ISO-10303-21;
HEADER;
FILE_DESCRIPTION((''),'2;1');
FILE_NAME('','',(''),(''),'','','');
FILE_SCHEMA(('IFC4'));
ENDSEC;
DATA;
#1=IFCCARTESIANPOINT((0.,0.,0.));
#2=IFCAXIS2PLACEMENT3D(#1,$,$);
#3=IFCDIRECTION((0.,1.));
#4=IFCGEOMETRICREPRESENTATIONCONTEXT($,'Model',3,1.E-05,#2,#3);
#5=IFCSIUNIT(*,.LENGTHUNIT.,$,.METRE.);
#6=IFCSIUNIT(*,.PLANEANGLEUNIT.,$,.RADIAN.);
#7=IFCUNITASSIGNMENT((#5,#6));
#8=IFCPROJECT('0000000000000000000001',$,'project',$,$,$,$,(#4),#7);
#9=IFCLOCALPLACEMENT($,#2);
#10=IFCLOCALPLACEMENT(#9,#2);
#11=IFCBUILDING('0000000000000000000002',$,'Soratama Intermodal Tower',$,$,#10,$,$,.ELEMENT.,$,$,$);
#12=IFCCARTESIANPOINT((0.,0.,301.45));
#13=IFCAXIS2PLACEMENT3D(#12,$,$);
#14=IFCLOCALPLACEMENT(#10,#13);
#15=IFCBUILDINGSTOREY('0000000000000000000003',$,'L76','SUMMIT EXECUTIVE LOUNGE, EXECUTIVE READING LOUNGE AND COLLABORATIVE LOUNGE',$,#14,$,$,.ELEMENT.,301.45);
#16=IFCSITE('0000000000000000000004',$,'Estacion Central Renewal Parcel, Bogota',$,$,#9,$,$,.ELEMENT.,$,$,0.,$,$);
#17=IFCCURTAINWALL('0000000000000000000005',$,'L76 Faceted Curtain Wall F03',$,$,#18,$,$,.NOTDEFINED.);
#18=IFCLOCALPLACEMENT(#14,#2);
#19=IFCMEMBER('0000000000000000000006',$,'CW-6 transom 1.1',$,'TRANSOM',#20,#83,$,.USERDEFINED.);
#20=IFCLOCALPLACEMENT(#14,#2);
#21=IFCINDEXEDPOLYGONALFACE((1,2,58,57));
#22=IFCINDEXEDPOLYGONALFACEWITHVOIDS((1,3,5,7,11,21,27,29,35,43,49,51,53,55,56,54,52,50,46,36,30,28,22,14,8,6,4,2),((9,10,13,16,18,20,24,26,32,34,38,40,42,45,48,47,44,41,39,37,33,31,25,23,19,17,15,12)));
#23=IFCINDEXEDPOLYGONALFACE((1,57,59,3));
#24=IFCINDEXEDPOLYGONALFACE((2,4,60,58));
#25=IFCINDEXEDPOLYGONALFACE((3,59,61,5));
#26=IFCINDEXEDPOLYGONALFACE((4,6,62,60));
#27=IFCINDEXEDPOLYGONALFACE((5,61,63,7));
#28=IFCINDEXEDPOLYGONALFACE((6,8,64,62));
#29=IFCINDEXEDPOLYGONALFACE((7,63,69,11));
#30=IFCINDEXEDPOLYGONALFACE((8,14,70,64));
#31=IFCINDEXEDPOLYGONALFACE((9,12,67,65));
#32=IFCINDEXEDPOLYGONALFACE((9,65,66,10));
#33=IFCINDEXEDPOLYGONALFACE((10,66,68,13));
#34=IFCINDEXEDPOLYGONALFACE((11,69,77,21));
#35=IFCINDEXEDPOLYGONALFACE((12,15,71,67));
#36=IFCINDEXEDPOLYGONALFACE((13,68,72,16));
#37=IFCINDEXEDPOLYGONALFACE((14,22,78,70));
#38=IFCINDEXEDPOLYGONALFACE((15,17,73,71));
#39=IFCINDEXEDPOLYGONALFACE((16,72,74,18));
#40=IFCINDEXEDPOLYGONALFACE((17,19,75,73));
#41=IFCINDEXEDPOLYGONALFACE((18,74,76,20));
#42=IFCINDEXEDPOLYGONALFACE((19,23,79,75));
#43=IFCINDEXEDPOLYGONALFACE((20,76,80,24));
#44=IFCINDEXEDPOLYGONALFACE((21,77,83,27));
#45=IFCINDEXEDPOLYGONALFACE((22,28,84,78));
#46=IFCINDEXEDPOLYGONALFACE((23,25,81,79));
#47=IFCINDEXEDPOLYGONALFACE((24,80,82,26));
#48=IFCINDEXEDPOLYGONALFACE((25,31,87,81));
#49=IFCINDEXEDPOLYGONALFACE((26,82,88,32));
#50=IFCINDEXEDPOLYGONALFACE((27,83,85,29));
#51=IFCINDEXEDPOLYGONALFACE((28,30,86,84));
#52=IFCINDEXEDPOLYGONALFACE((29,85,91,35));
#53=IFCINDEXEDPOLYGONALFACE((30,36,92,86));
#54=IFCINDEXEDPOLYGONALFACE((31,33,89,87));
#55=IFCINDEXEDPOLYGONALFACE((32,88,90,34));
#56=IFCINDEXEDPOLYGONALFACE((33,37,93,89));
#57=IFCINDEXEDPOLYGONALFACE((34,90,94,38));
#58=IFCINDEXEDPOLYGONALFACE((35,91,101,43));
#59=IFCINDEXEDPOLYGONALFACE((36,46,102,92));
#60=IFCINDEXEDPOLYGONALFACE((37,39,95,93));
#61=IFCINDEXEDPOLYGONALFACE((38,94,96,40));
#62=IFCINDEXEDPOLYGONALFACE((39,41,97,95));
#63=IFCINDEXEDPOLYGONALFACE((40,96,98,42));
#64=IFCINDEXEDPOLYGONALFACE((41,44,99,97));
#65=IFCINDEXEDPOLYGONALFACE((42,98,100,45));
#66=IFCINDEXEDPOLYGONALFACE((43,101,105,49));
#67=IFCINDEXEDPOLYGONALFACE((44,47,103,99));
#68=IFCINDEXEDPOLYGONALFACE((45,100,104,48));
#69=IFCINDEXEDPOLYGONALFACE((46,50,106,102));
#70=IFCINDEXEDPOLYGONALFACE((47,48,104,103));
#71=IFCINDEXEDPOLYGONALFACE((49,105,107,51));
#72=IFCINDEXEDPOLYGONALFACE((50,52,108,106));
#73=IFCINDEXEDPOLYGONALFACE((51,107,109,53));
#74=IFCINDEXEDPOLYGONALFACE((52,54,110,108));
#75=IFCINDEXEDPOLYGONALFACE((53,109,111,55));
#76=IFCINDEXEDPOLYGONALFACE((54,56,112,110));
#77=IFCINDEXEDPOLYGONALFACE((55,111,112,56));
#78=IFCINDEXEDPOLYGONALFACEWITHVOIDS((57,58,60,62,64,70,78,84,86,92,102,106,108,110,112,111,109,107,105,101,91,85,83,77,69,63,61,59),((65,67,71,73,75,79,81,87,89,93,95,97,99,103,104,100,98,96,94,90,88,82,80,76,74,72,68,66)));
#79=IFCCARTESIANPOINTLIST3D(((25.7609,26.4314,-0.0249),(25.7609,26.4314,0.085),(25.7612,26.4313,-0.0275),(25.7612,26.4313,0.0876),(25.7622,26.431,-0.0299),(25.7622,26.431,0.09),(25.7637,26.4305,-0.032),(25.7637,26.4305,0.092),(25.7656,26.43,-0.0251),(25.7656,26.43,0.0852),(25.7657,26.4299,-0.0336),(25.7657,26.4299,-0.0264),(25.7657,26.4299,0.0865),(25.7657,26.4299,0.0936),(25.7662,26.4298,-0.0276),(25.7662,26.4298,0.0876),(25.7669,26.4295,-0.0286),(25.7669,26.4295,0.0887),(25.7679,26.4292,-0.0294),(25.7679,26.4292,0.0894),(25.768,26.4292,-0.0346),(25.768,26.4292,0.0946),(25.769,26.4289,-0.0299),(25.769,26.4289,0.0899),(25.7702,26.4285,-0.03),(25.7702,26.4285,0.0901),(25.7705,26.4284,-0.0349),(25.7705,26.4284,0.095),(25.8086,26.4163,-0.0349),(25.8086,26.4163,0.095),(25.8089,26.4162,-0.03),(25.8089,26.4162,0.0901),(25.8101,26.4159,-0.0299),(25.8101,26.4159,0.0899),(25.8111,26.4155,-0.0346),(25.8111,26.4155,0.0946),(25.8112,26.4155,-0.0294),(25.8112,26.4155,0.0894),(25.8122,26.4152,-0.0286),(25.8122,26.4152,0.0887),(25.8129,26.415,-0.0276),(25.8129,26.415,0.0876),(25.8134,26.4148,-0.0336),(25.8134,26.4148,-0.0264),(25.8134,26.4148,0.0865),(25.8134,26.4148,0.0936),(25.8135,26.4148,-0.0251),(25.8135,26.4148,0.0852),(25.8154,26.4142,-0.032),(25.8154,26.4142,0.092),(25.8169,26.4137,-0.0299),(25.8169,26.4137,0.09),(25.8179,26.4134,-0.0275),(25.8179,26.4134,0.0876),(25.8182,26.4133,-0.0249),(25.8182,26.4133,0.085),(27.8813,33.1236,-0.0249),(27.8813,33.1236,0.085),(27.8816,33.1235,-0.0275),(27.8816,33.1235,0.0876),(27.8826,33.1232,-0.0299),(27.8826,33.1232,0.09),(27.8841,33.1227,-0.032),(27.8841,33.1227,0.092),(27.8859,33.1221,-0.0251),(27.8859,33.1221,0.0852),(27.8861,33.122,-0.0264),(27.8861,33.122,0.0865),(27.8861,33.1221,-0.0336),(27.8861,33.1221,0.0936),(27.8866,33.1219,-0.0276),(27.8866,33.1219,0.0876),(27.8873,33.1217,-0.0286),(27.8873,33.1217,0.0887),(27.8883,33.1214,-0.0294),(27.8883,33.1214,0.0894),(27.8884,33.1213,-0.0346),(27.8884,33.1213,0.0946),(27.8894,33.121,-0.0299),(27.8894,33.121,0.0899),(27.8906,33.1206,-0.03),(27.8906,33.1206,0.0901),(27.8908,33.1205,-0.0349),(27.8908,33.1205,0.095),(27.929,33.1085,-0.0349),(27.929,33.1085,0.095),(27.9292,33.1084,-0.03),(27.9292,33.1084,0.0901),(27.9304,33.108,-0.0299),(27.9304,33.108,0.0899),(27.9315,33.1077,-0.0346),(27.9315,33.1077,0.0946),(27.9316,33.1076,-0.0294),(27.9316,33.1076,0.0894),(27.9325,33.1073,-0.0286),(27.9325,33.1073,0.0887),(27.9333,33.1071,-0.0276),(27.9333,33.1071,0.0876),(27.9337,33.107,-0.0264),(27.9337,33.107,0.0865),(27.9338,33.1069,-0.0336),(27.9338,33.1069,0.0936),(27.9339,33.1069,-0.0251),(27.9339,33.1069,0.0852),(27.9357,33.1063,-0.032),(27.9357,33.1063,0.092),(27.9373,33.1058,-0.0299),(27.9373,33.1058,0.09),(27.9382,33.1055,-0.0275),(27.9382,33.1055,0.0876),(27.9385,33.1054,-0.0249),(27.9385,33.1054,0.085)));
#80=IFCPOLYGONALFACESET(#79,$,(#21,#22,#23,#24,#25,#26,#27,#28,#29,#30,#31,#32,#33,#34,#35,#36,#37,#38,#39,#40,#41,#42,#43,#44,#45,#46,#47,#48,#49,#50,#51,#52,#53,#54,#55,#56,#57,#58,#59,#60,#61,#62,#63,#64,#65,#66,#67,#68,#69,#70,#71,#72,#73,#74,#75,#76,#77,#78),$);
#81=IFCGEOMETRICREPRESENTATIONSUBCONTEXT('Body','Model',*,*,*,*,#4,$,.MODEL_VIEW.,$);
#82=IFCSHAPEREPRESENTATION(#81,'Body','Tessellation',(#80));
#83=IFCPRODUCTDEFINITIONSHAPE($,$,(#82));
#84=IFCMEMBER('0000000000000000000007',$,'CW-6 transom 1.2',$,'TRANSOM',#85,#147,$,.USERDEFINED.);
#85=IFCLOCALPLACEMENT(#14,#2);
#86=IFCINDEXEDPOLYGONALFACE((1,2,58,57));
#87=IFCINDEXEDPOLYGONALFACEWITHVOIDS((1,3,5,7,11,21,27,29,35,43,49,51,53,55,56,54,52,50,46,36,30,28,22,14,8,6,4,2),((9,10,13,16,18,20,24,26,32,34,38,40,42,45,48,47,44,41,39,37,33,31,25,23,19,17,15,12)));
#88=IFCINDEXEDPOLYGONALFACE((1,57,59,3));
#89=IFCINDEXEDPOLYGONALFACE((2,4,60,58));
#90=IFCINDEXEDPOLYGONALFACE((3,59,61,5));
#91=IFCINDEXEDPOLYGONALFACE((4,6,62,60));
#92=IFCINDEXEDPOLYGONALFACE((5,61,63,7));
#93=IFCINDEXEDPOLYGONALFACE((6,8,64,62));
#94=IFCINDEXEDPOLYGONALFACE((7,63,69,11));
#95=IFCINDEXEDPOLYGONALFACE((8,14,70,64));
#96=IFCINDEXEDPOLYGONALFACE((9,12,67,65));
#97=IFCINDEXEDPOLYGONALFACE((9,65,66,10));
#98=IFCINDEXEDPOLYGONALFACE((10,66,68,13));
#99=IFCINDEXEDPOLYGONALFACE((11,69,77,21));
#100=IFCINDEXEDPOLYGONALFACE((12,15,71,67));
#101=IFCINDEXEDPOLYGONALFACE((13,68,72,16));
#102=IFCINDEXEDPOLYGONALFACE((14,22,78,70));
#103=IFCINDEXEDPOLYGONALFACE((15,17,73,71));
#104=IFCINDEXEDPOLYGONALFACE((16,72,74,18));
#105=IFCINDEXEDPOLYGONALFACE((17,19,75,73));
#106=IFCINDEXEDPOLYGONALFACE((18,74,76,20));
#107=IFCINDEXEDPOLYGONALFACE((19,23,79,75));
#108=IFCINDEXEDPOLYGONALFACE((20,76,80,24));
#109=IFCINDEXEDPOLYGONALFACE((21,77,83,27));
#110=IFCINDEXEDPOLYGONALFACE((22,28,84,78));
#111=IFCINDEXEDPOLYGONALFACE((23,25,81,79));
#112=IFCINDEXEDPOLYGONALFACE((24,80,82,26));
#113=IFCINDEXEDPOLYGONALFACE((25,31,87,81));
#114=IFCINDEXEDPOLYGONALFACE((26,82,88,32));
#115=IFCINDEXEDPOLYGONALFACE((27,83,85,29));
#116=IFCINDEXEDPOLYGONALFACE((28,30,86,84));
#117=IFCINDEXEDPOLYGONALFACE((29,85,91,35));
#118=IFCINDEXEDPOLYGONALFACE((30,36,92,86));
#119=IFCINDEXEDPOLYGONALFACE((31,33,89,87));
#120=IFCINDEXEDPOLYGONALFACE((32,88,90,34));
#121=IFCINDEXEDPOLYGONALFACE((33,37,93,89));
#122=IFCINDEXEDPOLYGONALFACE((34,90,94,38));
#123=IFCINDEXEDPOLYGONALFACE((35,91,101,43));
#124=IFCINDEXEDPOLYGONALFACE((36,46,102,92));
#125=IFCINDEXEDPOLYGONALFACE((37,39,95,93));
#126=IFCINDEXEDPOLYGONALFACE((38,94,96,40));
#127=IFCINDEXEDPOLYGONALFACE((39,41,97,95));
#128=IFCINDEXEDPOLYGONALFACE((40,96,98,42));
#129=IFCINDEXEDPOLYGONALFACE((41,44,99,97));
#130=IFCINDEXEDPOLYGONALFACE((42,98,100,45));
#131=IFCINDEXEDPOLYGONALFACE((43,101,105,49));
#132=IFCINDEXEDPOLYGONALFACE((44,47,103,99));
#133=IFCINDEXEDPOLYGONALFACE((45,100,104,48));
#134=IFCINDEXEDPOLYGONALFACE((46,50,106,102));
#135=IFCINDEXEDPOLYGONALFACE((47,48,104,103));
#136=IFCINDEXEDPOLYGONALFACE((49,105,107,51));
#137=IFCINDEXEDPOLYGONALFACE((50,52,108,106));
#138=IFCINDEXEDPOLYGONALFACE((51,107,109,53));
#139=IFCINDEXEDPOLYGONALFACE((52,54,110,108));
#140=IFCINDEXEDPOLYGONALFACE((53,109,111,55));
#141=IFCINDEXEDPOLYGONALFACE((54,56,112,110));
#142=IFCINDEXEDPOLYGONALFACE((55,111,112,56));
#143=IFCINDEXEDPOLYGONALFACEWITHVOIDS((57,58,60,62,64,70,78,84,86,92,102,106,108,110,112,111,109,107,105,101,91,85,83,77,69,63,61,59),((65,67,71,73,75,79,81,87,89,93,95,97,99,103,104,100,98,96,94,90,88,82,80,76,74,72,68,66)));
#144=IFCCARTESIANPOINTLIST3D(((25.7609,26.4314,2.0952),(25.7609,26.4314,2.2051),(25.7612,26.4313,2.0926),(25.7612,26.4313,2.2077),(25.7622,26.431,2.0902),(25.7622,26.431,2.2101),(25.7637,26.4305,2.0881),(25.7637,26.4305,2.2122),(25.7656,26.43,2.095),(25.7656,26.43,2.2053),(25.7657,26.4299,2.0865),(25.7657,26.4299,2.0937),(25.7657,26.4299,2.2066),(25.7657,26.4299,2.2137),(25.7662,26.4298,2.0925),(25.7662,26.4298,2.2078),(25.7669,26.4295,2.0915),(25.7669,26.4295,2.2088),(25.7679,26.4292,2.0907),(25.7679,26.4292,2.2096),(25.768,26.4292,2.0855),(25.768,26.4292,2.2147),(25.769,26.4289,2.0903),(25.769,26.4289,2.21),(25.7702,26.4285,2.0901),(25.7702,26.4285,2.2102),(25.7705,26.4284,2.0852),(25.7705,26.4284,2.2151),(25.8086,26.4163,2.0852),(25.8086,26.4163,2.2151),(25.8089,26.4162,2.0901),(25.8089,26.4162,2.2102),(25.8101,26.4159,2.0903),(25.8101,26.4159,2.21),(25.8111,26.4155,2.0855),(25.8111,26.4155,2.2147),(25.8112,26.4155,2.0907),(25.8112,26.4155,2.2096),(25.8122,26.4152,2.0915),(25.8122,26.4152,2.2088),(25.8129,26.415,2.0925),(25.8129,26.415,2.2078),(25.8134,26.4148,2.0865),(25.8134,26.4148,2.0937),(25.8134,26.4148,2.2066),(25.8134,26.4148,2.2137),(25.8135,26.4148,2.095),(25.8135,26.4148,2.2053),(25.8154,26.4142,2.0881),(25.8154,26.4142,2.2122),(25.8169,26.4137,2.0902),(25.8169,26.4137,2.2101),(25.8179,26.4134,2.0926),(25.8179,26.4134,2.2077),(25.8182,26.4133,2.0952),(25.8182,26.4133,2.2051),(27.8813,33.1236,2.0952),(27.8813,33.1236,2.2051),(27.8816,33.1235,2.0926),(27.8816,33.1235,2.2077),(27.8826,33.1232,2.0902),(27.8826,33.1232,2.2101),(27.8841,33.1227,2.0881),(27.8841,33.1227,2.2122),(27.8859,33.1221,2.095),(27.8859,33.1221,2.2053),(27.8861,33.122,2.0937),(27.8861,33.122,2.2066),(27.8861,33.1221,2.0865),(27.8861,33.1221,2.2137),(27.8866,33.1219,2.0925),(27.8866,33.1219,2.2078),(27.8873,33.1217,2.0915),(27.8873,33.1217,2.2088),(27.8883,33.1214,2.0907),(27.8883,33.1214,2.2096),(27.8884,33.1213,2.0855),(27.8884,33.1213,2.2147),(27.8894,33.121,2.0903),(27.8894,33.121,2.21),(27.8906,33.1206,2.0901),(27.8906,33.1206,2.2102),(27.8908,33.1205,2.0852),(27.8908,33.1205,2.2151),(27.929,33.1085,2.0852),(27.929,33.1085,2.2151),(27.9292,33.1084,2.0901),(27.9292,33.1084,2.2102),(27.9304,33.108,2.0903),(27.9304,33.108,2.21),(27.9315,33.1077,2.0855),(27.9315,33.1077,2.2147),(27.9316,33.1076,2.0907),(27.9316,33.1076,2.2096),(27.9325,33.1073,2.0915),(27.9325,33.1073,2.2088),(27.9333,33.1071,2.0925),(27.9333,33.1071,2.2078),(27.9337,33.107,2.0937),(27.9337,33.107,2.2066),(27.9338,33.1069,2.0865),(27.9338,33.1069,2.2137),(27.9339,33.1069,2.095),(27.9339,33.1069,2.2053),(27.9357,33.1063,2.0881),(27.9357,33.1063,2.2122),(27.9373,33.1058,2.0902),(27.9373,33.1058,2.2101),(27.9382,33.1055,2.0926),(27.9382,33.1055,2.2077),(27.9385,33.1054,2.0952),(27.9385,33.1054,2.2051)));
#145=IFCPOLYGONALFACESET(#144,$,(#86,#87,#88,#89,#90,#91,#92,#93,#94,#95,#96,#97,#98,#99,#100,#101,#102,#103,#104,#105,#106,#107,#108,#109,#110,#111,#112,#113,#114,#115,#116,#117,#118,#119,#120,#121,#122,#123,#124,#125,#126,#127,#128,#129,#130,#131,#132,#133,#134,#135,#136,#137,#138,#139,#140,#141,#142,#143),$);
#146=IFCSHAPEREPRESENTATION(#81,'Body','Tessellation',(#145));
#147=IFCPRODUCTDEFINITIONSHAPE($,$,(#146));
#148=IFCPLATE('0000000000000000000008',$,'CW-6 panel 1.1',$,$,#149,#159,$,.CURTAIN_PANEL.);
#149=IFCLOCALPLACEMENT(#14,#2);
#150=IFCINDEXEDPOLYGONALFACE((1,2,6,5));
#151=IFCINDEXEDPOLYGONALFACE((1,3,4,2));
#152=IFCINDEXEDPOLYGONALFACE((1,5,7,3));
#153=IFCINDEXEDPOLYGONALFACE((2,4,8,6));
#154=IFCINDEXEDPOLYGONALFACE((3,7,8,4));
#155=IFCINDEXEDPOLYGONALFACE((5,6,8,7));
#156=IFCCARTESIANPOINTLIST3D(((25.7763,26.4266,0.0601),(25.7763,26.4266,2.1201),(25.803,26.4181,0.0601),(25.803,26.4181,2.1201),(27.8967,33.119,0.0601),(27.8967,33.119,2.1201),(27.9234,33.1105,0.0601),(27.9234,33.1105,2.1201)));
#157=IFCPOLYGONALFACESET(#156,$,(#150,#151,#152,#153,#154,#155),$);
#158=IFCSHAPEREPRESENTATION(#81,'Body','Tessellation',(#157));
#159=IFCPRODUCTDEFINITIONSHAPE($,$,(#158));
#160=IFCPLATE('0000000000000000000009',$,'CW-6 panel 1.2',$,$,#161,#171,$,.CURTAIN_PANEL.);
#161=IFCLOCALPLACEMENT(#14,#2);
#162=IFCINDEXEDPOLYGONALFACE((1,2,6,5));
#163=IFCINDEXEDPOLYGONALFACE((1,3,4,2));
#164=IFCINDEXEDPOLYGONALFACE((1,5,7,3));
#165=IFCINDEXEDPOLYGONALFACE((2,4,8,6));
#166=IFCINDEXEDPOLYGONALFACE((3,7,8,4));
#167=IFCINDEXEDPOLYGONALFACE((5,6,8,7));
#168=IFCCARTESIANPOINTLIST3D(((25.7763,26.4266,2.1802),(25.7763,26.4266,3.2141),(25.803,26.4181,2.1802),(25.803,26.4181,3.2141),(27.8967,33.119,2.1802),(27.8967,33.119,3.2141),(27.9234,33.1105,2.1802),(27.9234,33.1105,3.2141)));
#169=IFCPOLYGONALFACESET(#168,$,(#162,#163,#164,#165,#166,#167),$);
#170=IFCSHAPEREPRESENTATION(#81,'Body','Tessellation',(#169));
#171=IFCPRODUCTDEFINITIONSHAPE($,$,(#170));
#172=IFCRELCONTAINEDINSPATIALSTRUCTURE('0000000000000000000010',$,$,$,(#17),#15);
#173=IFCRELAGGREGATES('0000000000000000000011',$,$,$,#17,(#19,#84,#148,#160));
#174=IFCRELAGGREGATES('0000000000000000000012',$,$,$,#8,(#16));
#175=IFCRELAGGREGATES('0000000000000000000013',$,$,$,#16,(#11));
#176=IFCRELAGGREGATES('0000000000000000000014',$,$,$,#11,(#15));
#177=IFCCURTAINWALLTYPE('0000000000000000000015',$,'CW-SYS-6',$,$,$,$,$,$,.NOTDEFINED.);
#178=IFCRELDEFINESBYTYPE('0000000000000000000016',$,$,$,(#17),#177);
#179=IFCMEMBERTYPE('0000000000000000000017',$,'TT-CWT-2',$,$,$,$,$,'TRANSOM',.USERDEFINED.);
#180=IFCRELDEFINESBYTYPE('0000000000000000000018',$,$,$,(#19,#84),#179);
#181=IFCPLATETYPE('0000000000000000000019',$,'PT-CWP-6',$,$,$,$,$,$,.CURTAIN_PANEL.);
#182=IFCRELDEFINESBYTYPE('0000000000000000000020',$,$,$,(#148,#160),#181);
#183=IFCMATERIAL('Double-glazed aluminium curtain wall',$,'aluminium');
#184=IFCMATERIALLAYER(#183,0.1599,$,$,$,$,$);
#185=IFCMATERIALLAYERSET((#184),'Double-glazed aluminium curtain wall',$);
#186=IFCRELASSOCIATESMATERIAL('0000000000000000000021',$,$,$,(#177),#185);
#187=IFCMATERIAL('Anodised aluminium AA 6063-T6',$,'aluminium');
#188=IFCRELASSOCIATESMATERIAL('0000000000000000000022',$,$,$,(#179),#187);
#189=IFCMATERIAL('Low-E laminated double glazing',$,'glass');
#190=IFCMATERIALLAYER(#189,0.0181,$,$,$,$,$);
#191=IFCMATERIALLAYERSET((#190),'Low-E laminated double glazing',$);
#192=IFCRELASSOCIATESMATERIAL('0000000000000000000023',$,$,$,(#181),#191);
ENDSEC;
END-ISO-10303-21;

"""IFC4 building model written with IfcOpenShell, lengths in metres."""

from ifc_helpers import new_model, si_unit, direction, frame, origin, origin_2d, place, context, subcontext, project, spatial, rectangle, hollow_rectangle, extrude, material, layer, layer_set, material_profile, profile_set, type_object, element, aggregate, save


model = new_model("IFC4")

# Units and contexts
model_context = context("Model", 3, precision=1e-05, world=origin(), true_north=direction((0.0, 1.0)))
body_context = subcontext(model_context, "Body", "Model", "MODEL_VIEW")
ifc_project = project(units=[si_unit("LENGTHUNIT", "METRE"), si_unit("PLANEANGLEUNIT", "RADIAN")], contexts=[model_context])

# Site, building, storey
site_placement = place(None, origin())
site = spatial("IfcSite", under=ifc_project, at=site_placement, Name="Estacion Central Renewal Parcel, Bogota", CompositionType="ELEMENT", RefElevation=0.0)
building_placement = place(site_placement, origin())
building = spatial("IfcBuilding", under=site, at=building_placement, Name="Soratama Intermodal Tower", CompositionType="ELEMENT")
storey_placement = place(building_placement, frame((0.0, 0.0, 301.45)))
storey = spatial("IfcBuildingStorey", under=building, at=storey_placement, Name="L76", Description="SUMMIT EXECUTIVE LOUNGE, EXECUTIVE READING LOUNGE AND COLLABORATIVE LOUNGE", CompositionType="ELEMENT", Elevation=301.45)

# Curtain wall, members, plates
ifc_material_1 = material(Name="Double-glazed aluminium curtain wall", Category="aluminium")
ifc_layer_1 = layer(ifc_material_1, 0.1599)
ifc_layer_set_1 = layer_set([ifc_layer_1], Name="Double-glazed aluminium curtain wall")
curtain_wall_type = type_object("IfcCurtainWallType", Name="CW-SYS-6", PredefinedType="NOTDEFINED", material=ifc_layer_set_1)
curtain_wall_placement = place(storey_placement, origin())
curtain_wall = element("IfcCurtainWall", 1, at=curtain_wall_placement, inside=storey, type_object=curtain_wall_type, Name="L76 Faceted Curtain Wall F03", PredefinedType="NOTDEFINED")
ifc_material_2 = material(Name="Anodised aluminium AA 6063-T6", Category="aluminium")
ifc_material_profile_1 = material_profile(ifc_material_2, hollow_rectangle(XDim=0.0601, YDim=0.1299, WallThickness=0.0049, InnerFilletRadius=0.0049, OuterFilletRadius=0.01, at=origin_2d()), Name="CWT130X60X5")
ifc_profile_set_1 = profile_set([ifc_material_profile_1], Name="Anodised aluminium AA 6063-T6")
member_type_1 = type_object("IfcMemberType", Name="TT-CWT-2", ElementType="TRANSOM", PredefinedType="USERDEFINED", material=ifc_profile_set_1)
member_1_placement = place(storey_placement, frame((27.9099, 33.1145, 0.03), z_axis=(-0.302045, -0.953294, 0.0), x_axis=(0.953294, -0.302045, 0.0)))
member_1 = element("IfcMember", 2, at=member_1_placement, type_object=member_type_1, Name="CW-6 transom 1.1", ObjectType="TRANSOM", PredefinedType="USERDEFINED", context=body_context, shape_type="SweptSolid", body=[
    extrude(hollow_rectangle(XDim=0.0601, YDim=0.1299, WallThickness=0.0049, InnerFilletRadius=0.0049, OuterFilletRadius=0.01, at=origin_2d()), origin(), (0.0, 0.0, 1.0), 7.02),
])
member_2_placement = place(storey_placement, frame((27.9099, 33.1145, 2.1501), z_axis=(-0.302045, -0.953294, 0.0), x_axis=(0.953294, -0.302045, 0.0)))
member_2 = element("IfcMember", 3, at=member_2_placement, type_object=member_type_1, Name="CW-6 transom 1.2", ObjectType="TRANSOM", PredefinedType="USERDEFINED", context=body_context, shape_type="SweptSolid", body=[
    extrude(hollow_rectangle(XDim=0.0601, YDim=0.1299, WallThickness=0.0049, InnerFilletRadius=0.0049, OuterFilletRadius=0.01, at=origin_2d()), origin(), (0.0, 0.0, 1.0), 7.02),
])
ifc_material_3 = material(Name="Low-E laminated double glazing", Category="glass")
ifc_layer_2 = layer(ifc_material_3, 0.0181)
ifc_layer_set_2 = layer_set([ifc_layer_2], Name="Low-E laminated double glazing")
plate_type = type_object("IfcPlateType", Name="PT-CWP-6", PredefinedType="CURTAIN_PANEL", material=ifc_layer_set_2)
plate_1_placement = place(storey_placement, frame((26.8499, 29.7686, 0.0601), z_axis=(0.0, 0.0, 1.0), x_axis=(-0.302037, -0.953296, 0.0)))
plate_1 = element("IfcPlate", 4, at=plate_1_placement, type_object=plate_type, Name="CW-6 panel 1.1", PredefinedType="CURTAIN_PANEL", context=body_context, shape_type="SweptSolid", body=[
    extrude(rectangle(XDim=7.0203, YDim=0.0281, at=origin_2d()), origin(), (0.0, 0.0, 1.0), 2.0601),
])
plate_2_placement = place(storey_placement, frame((26.8499, 29.7686, 2.1802), z_axis=(0.0, 0.0, 1.0), x_axis=(-0.302037, -0.953296, 0.0)))
plate_2 = element("IfcPlate", 5, at=plate_2_placement, type_object=plate_type, Name="CW-6 panel 1.2", PredefinedType="CURTAIN_PANEL", context=body_context, shape_type="SweptSolid", body=[
    extrude(rectangle(XDim=7.0203, YDim=0.0281, at=origin_2d()), origin(), (0.0, 0.0, 1.0), 1.0339),
])
aggregate(curtain_wall, [member_1, member_2, plate_1, plate_2])

save(model, "model.ifc")
